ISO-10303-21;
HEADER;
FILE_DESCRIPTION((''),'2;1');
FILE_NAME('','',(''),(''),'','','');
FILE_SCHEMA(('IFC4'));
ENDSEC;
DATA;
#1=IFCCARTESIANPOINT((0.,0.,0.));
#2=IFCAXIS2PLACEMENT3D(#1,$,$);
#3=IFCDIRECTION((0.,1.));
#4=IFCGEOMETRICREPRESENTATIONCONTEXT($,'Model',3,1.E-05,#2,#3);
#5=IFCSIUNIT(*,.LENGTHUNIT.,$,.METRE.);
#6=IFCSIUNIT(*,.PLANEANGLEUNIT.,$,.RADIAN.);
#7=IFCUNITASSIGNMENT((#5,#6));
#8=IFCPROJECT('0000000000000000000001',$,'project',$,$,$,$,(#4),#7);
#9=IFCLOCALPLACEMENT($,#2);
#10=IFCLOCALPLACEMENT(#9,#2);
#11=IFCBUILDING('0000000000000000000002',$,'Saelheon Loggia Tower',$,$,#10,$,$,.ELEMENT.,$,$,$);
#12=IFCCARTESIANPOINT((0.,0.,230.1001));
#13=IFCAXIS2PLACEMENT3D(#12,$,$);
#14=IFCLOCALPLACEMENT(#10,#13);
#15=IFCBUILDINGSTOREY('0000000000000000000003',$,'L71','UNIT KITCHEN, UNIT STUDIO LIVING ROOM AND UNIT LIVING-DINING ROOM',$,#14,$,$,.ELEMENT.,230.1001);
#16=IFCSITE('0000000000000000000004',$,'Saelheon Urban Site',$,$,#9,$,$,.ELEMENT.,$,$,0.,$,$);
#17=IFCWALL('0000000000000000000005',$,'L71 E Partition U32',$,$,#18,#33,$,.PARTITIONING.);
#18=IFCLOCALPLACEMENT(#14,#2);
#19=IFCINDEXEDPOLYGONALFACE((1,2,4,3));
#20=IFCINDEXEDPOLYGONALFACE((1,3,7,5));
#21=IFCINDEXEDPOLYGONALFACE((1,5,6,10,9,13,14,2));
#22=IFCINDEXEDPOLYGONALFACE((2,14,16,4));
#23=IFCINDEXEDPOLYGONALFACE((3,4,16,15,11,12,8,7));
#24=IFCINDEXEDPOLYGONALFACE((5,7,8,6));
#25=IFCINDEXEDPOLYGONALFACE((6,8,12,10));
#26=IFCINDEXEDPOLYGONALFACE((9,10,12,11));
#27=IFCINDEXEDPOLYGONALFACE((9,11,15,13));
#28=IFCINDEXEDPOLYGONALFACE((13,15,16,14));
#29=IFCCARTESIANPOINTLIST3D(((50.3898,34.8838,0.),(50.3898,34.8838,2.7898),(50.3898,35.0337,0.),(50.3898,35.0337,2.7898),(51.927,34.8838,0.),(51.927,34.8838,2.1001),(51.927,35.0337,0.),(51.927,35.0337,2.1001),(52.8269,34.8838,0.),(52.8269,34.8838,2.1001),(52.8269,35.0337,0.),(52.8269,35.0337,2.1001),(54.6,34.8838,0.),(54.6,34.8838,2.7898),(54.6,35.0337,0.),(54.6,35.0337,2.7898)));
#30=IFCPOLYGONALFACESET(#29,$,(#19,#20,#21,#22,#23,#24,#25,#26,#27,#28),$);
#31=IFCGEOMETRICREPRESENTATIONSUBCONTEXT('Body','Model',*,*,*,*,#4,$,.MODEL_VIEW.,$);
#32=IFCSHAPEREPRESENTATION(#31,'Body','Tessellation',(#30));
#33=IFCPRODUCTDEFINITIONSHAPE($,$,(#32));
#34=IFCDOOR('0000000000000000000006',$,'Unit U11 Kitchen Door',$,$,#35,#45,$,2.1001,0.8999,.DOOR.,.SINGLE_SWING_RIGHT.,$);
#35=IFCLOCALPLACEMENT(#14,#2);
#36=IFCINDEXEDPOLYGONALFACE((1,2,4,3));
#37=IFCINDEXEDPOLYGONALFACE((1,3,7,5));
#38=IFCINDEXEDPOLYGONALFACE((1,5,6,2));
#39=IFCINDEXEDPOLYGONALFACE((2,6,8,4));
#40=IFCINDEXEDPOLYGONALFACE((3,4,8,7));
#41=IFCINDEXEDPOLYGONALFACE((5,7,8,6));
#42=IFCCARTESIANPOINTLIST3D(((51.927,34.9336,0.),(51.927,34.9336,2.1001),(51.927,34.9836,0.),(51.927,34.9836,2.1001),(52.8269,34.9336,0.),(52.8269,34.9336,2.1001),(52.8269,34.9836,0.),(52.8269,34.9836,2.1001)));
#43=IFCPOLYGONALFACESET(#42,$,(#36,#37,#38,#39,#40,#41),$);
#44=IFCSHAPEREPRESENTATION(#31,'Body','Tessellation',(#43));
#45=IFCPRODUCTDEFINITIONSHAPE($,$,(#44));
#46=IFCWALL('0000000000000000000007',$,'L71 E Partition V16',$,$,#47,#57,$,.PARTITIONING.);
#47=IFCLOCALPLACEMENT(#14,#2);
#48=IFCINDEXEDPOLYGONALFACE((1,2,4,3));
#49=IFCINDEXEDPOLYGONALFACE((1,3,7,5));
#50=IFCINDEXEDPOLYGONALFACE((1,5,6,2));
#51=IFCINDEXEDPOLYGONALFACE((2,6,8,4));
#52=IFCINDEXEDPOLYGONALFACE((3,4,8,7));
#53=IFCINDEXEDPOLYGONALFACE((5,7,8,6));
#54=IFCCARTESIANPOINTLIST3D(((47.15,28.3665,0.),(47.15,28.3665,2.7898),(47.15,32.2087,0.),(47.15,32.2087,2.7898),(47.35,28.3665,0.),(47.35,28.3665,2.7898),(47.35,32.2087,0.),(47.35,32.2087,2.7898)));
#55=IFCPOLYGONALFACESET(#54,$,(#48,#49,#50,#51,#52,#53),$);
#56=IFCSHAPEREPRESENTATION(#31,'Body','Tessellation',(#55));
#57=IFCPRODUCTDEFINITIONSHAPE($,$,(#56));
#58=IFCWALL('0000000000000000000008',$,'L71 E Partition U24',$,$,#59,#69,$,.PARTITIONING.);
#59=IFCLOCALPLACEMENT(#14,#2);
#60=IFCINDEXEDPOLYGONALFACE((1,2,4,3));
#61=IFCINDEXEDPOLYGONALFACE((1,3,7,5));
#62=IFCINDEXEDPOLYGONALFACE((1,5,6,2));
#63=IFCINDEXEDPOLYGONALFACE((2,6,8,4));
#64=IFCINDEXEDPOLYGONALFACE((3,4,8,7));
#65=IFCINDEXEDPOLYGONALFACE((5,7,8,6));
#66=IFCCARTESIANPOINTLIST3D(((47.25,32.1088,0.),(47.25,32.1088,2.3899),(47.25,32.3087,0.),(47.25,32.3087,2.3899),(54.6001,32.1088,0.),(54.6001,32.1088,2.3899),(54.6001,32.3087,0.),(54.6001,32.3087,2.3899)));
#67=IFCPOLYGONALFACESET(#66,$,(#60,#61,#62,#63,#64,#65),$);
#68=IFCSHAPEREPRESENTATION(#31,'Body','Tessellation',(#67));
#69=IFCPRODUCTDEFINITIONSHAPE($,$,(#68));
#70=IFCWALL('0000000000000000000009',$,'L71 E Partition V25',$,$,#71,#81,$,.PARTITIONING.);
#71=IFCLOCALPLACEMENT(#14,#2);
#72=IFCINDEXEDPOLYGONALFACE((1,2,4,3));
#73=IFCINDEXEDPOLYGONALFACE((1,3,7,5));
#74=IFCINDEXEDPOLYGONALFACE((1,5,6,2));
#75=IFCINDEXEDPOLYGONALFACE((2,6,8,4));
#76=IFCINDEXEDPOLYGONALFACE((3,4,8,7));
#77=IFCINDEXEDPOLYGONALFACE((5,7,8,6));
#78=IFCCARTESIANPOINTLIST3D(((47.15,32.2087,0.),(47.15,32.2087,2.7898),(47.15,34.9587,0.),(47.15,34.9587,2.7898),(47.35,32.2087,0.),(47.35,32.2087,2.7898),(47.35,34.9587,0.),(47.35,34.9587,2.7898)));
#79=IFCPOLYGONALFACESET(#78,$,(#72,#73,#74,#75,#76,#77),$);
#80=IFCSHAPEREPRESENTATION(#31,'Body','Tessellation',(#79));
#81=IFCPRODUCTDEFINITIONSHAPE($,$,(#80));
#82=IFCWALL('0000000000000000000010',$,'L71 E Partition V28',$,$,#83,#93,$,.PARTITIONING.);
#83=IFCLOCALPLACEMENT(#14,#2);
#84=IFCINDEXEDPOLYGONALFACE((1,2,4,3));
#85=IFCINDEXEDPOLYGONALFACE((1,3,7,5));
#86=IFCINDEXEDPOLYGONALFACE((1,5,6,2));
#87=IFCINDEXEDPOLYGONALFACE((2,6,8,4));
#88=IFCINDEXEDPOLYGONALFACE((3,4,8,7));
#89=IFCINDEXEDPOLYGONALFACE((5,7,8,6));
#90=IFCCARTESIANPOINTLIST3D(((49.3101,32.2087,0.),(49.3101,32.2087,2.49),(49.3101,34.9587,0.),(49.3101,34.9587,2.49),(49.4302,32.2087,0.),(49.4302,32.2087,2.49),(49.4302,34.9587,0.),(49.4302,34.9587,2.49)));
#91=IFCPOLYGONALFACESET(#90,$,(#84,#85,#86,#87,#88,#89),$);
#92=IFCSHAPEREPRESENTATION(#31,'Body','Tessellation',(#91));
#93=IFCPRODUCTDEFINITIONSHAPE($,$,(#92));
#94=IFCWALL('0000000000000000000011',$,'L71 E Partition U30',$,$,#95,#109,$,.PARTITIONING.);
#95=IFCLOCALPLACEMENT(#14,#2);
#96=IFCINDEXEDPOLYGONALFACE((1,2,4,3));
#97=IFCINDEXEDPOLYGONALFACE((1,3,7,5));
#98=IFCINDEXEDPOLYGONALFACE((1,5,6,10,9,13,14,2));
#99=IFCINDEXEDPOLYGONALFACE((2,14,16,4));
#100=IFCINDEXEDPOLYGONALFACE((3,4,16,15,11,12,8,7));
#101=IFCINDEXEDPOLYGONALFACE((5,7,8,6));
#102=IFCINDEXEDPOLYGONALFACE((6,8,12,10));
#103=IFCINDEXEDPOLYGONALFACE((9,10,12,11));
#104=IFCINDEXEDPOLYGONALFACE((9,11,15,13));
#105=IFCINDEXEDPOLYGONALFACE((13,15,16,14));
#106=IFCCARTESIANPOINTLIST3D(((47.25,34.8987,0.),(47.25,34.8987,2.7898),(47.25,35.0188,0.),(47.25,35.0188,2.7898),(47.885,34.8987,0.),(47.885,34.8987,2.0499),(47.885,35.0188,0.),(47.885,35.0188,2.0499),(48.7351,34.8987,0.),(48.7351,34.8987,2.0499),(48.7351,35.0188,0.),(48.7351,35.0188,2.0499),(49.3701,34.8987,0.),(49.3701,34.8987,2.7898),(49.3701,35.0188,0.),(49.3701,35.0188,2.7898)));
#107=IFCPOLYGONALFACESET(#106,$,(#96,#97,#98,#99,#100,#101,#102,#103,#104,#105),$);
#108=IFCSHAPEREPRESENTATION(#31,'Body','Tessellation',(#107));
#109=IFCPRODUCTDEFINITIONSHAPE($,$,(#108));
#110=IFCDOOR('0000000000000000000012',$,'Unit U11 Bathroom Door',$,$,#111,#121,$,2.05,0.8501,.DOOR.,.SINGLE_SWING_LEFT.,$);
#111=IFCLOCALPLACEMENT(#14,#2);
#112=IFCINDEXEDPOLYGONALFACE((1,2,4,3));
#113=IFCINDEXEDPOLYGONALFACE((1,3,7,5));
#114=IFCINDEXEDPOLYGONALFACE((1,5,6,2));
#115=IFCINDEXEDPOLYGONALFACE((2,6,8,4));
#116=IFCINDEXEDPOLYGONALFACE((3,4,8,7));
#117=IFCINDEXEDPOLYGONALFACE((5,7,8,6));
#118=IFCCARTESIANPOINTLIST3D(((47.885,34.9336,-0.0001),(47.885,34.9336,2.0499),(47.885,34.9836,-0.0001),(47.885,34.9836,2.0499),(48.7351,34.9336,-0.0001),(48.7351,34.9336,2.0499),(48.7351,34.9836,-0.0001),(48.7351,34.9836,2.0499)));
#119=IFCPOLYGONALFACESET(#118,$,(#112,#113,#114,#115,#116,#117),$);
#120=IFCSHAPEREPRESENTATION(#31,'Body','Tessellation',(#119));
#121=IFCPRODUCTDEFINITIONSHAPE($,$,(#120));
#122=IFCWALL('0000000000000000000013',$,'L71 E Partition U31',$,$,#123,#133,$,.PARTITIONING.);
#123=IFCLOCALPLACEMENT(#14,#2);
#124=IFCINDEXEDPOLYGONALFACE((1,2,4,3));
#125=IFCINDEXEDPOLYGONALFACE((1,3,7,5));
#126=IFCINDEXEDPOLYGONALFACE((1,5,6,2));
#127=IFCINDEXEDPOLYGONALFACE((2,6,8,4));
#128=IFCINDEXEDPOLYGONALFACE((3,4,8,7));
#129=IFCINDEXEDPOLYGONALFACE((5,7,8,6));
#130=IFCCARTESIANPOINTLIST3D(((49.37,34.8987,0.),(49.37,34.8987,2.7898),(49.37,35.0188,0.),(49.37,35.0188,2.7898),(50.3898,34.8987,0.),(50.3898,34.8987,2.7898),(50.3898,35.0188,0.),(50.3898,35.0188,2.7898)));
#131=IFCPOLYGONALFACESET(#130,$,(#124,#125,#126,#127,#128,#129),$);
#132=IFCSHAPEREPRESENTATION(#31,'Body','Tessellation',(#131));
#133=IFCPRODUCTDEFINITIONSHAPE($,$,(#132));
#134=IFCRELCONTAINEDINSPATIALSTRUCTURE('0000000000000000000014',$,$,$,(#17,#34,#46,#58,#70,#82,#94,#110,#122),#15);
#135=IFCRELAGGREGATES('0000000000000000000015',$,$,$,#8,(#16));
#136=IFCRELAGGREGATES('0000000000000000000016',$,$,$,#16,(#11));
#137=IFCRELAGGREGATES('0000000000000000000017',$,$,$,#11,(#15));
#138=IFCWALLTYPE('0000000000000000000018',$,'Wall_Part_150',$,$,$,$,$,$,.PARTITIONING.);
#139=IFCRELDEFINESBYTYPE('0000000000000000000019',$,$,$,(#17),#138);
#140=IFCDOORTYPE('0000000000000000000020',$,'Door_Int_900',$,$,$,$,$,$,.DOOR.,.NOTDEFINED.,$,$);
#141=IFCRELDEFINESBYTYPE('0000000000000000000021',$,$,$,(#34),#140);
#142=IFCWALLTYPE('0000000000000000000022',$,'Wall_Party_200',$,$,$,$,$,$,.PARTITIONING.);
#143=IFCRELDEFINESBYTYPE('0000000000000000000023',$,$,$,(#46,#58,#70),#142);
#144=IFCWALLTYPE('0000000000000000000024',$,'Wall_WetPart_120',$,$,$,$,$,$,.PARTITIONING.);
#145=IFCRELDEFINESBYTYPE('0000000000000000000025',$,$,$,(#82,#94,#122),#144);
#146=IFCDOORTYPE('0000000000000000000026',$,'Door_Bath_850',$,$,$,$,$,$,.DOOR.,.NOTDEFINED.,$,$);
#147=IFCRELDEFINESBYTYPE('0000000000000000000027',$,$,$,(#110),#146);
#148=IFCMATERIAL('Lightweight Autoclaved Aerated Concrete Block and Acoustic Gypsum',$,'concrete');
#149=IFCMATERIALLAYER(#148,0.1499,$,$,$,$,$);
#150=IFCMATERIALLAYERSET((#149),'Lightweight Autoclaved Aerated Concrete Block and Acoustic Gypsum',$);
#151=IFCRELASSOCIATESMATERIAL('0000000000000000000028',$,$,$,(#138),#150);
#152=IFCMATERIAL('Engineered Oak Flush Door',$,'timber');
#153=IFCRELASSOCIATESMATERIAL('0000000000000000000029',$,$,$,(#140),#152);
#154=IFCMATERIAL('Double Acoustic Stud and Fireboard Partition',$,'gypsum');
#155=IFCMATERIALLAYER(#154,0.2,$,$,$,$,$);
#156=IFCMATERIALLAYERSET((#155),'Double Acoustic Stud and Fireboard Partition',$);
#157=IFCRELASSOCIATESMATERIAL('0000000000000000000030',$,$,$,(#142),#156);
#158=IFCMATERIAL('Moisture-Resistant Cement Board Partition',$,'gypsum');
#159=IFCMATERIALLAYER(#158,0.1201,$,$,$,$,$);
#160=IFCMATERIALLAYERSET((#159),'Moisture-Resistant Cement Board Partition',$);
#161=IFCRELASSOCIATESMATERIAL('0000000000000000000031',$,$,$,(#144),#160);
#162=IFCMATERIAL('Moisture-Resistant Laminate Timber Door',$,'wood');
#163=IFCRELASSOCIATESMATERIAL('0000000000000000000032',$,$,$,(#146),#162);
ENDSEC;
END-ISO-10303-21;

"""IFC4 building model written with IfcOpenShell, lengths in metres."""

from ifc_helpers import new_model, si_unit, direction, frame, frame_2d, origin, place, context, subcontext, project, spatial, rectangle, extrude, source, transform, mapped, material, layer, layer_set, type_object, element, fill, save


model = new_model("IFC4")

# Units and contexts
model_context = context("Model", 3, precision=1e-05, world=origin(), true_north=direction((0.0, 1.0)))
body_context = subcontext(model_context, "Body", "Model", "MODEL_VIEW")
ifc_project = project(units=[si_unit("LENGTHUNIT", "METRE"), si_unit("PLANEANGLEUNIT", "RADIAN")], contexts=[model_context])

# Site, building, storey
site_placement = place(None, origin())
site = spatial("IfcSite", under=ifc_project, at=site_placement, Name="Saelheon Urban Site", CompositionType="ELEMENT", RefElevation=0.0)
building_placement = place(site_placement, origin())
building = spatial("IfcBuilding", under=site, at=building_placement, Name="Saelheon Loggia Tower", CompositionType="ELEMENT")
storey_placement = place(building_placement, frame((0.0, 0.0, 230.1001)))
storey = spatial("IfcBuildingStorey", under=building, at=storey_placement, Name="L71", Description="UNIT KITCHEN, UNIT STUDIO LIVING ROOM AND UNIT LIVING-DINING ROOM", CompositionType="ELEMENT", Elevation=230.1001)

# Shared definitions
ifc_material_1 = material(Name="Lightweight Autoclaved Aerated Concrete Block and Acoustic Gypsum", Category="concrete")
ifc_layer_1 = layer(ifc_material_1, 0.1499)
ifc_layer_set_1 = layer_set([ifc_layer_1], Name="Lightweight Autoclaved Aerated Concrete Block and Acoustic Gypsum")
wall_type_1 = type_object("IfcWallType", Name="Wall_Part_150", PredefinedType="PARTITIONING", material=ifc_layer_set_1)

# Wall, opening, door
ifc_material_2 = material(Name="Engineered Oak Flush Door", Category="timber")
door_type_1 = type_object("IfcDoorType", Name="Door_Int_900", OperationType="NOTDEFINED", PredefinedType="DOOR", material=ifc_material_2)
shared_shape_1 = source(origin(), body_context, "Body", "SweptSolid", [
    extrude(rectangle(XDim=0.8999, YDim=2.1001, at=frame_2d((0.45, 1.05))), frame((0.0, 0.0249, 0.0), z_axis=(0.0, -1.0, 0.0), x_axis=(1.0, 0.0, 0.0)), (0.0, 0.0, 1.0), 0.05),
])
wall_1_placement = place(storey_placement, frame((50.3899, 34.9587, 0.0), z_axis=(0.0, 0.0, 1.0), x_axis=(1.0, 0.0, 0.0)))
wall_1 = element("IfcWall", 1, at=wall_1_placement, inside=storey, type_object=wall_type_1, Name="L71 E Partition U32", PredefinedType="PARTITIONING", context=body_context, shape_type="SweptSolid", body=[
    extrude(rectangle(XDim=4.2102, YDim=0.1499, at=frame_2d((2.105, 0.0))), origin(), (0.0, 0.0, 1.0), 2.7898),
])
opening_1_placement = place(wall_1_placement, frame((1.5371, 0.0, 0.0)))
opening_1 = element("IfcOpeningElement", 2, at=opening_1_placement, cuts=wall_1, PredefinedType="OPENING", context=body_context, shape_type="SweptSolid", body=[
    extrude(rectangle(XDim=0.8999, YDim=2.1001, at=frame_2d((0.45, 1.05))), frame((0.0, 0.0869, 0.0), z_axis=(0.0, -1.0, 0.0), x_axis=(1.0, 0.0, 0.0)), (0.0, 0.0, 1.0), 0.1738),
])
door_1_placement = place(opening_1_placement, origin())
door_1 = element("IfcDoor", 3, at=door_1_placement, inside=storey, type_object=door_type_1, Name="Unit U11 Kitchen Door", OperationType="SINGLE_SWING_RIGHT", OverallHeight=2.1001, OverallWidth=0.8999, PredefinedType="DOOR", context=body_context, shape_type="MappedRepresentation", body=[
    mapped(shared_shape_1, transform((0.0, 0.0, 0.0), scale=1.0)),
])
fill(opening_1, door_1)

# Walls
ifc_material_3 = material(Name="Double Acoustic Stud and Fireboard Partition", Category="gypsum")
ifc_layer_2 = layer(ifc_material_3, 0.2)
ifc_layer_set_2 = layer_set([ifc_layer_2], Name="Double Acoustic Stud and Fireboard Partition")
wall_type_2 = type_object("IfcWallType", Name="Wall_Party_200", PredefinedType="PARTITIONING", material=ifc_layer_set_2)
wall_2_placement = place(storey_placement, frame((47.25, 28.3665, 0.0), z_axis=(0.0, 0.0, 1.0), x_axis=(0.0, 1.0, 0.0)))
element("IfcWall", 4, at=wall_2_placement, inside=storey, type_object=wall_type_2, Name="L71 E Partition V16", PredefinedType="PARTITIONING", context=body_context, shape_type="SweptSolid", body=[
    extrude(rectangle(XDim=3.8423, YDim=0.2, at=frame_2d((1.9211, 0.0))), origin(), (0.0, 0.0, 1.0), 2.7898),
])
wall_3_placement = place(storey_placement, frame((47.25, 32.2087, 0.0), z_axis=(0.0, 0.0, 1.0), x_axis=(1.0, 0.0, 0.0)))
element("IfcWall", 5, at=wall_3_placement, inside=storey, type_object=wall_type_2, Name="L71 E Partition U24", PredefinedType="PARTITIONING", context=body_context, shape_type="SweptSolid", body=[
    extrude(rectangle(XDim=7.3501, YDim=0.2, at=frame_2d((3.675, 0.0))), origin(), (0.0, 0.0, 1.0), 2.3899),
])
wall_4_placement = place(storey_placement, frame((47.25, 32.2087, 0.0), z_axis=(0.0, 0.0, 1.0), x_axis=(0.0, 1.0, 0.0)))
element("IfcWall", 6, at=wall_4_placement, inside=storey, type_object=wall_type_2, Name="L71 E Partition V25", PredefinedType="PARTITIONING", context=body_context, shape_type="SweptSolid", body=[
    extrude(rectangle(XDim=2.75, YDim=0.2, at=frame_2d((1.375, 0.0))), origin(), (0.0, 0.0, 1.0), 2.7898),
])

# Wall
ifc_material_4 = material(Name="Moisture-Resistant Cement Board Partition", Category="gypsum")
ifc_layer_3 = layer(ifc_material_4, 0.1201)
ifc_layer_set_3 = layer_set([ifc_layer_3], Name="Moisture-Resistant Cement Board Partition")
wall_type_3 = type_object("IfcWallType", Name="Wall_WetPart_120", PredefinedType="PARTITIONING", material=ifc_layer_set_3)
wall_5_placement = place(storey_placement, frame((49.3701, 32.2087, 0.0), z_axis=(0.0, 0.0, 1.0), x_axis=(0.0, 1.0, 0.0)))
element("IfcWall", 7, at=wall_5_placement, inside=storey, type_object=wall_type_3, Name="L71 E Partition V28", PredefinedType="PARTITIONING", context=body_context, shape_type="SweptSolid", body=[
    extrude(rectangle(XDim=2.75, YDim=0.1201, at=frame_2d((1.375, 0.0))), origin(), (0.0, 0.0, 1.0), 2.49),
])

# Wall, opening, door
wall_6_placement = place(storey_placement, frame((47.25, 34.9587, 0.0), z_axis=(0.0, 0.0, 1.0), x_axis=(1.0, 0.0, 0.0)))
wall_6 = element("IfcWall", 8, at=wall_6_placement, inside=storey, type_object=wall_type_3, Name="L71 E Partition U30", PredefinedType="PARTITIONING", context=body_context, shape_type="SweptSolid", body=[
    extrude(rectangle(XDim=2.1201, YDim=0.1201, at=frame_2d((1.0601, 0.0))), origin(), (0.0, 0.0, 1.0), 2.7898),
])
opening_2_placement = place(wall_6_placement, frame((0.635, 0.0, 0.0)))
opening_2 = element("IfcOpeningElement", 9, at=opening_2_placement, cuts=wall_6, PredefinedType="OPENING", context=body_context, shape_type="SweptSolid", body=[
    extrude(rectangle(XDim=0.8501, YDim=2.05, at=frame_2d((0.425, 1.0249))), frame((0.0, 0.072, 0.0), z_axis=(0.0, -1.0, 0.0), x_axis=(1.0, 0.0, 0.0)), (0.0, 0.0, 1.0), 0.144),
])
ifc_material_5 = material(Name="Moisture-Resistant Laminate Timber Door", Category="wood")
door_type_2 = type_object("IfcDoorType", Name="Door_Bath_850", OperationType="NOTDEFINED", PredefinedType="DOOR", material=ifc_material_5)
shared_shape_2 = source(origin(), body_context, "Body", "SweptSolid", [
    extrude(rectangle(XDim=0.8501, YDim=2.05, at=frame_2d((0.425, 1.0249))), frame((0.0, 0.0249, 0.0), z_axis=(0.0, -1.0, 0.0), x_axis=(1.0, 0.0, 0.0)), (0.0, 0.0, 1.0), 0.05),
])
door_2_placement = place(opening_2_placement, origin())
door_2 = element("IfcDoor", 10, at=door_2_placement, inside=storey, type_object=door_type_2, Name="Unit U11 Bathroom Door", OperationType="SINGLE_SWING_LEFT", OverallHeight=2.05, OverallWidth=0.8501, PredefinedType="DOOR", context=body_context, shape_type="MappedRepresentation", body=[
    mapped(shared_shape_2, transform((0.0, 0.0, 0.0), scale=1.0)),
])
fill(opening_2, door_2)

# Wall
wall_7_placement = place(storey_placement, frame((49.3701, 34.9587, 0.0), z_axis=(0.0, 0.0, 1.0), x_axis=(1.0, 0.0, 0.0)))
element("IfcWall", 11, at=wall_7_placement, inside=storey, type_object=wall_type_3, Name="L71 E Partition U31", PredefinedType="PARTITIONING", context=body_context, shape_type="SweptSolid", body=[
    extrude(rectangle(XDim=1.0198, YDim=0.1201, at=frame_2d((0.5098, 0.0))), origin(), (0.0, 0.0, 1.0), 2.7898),
])

save(model, "model.ifc")
